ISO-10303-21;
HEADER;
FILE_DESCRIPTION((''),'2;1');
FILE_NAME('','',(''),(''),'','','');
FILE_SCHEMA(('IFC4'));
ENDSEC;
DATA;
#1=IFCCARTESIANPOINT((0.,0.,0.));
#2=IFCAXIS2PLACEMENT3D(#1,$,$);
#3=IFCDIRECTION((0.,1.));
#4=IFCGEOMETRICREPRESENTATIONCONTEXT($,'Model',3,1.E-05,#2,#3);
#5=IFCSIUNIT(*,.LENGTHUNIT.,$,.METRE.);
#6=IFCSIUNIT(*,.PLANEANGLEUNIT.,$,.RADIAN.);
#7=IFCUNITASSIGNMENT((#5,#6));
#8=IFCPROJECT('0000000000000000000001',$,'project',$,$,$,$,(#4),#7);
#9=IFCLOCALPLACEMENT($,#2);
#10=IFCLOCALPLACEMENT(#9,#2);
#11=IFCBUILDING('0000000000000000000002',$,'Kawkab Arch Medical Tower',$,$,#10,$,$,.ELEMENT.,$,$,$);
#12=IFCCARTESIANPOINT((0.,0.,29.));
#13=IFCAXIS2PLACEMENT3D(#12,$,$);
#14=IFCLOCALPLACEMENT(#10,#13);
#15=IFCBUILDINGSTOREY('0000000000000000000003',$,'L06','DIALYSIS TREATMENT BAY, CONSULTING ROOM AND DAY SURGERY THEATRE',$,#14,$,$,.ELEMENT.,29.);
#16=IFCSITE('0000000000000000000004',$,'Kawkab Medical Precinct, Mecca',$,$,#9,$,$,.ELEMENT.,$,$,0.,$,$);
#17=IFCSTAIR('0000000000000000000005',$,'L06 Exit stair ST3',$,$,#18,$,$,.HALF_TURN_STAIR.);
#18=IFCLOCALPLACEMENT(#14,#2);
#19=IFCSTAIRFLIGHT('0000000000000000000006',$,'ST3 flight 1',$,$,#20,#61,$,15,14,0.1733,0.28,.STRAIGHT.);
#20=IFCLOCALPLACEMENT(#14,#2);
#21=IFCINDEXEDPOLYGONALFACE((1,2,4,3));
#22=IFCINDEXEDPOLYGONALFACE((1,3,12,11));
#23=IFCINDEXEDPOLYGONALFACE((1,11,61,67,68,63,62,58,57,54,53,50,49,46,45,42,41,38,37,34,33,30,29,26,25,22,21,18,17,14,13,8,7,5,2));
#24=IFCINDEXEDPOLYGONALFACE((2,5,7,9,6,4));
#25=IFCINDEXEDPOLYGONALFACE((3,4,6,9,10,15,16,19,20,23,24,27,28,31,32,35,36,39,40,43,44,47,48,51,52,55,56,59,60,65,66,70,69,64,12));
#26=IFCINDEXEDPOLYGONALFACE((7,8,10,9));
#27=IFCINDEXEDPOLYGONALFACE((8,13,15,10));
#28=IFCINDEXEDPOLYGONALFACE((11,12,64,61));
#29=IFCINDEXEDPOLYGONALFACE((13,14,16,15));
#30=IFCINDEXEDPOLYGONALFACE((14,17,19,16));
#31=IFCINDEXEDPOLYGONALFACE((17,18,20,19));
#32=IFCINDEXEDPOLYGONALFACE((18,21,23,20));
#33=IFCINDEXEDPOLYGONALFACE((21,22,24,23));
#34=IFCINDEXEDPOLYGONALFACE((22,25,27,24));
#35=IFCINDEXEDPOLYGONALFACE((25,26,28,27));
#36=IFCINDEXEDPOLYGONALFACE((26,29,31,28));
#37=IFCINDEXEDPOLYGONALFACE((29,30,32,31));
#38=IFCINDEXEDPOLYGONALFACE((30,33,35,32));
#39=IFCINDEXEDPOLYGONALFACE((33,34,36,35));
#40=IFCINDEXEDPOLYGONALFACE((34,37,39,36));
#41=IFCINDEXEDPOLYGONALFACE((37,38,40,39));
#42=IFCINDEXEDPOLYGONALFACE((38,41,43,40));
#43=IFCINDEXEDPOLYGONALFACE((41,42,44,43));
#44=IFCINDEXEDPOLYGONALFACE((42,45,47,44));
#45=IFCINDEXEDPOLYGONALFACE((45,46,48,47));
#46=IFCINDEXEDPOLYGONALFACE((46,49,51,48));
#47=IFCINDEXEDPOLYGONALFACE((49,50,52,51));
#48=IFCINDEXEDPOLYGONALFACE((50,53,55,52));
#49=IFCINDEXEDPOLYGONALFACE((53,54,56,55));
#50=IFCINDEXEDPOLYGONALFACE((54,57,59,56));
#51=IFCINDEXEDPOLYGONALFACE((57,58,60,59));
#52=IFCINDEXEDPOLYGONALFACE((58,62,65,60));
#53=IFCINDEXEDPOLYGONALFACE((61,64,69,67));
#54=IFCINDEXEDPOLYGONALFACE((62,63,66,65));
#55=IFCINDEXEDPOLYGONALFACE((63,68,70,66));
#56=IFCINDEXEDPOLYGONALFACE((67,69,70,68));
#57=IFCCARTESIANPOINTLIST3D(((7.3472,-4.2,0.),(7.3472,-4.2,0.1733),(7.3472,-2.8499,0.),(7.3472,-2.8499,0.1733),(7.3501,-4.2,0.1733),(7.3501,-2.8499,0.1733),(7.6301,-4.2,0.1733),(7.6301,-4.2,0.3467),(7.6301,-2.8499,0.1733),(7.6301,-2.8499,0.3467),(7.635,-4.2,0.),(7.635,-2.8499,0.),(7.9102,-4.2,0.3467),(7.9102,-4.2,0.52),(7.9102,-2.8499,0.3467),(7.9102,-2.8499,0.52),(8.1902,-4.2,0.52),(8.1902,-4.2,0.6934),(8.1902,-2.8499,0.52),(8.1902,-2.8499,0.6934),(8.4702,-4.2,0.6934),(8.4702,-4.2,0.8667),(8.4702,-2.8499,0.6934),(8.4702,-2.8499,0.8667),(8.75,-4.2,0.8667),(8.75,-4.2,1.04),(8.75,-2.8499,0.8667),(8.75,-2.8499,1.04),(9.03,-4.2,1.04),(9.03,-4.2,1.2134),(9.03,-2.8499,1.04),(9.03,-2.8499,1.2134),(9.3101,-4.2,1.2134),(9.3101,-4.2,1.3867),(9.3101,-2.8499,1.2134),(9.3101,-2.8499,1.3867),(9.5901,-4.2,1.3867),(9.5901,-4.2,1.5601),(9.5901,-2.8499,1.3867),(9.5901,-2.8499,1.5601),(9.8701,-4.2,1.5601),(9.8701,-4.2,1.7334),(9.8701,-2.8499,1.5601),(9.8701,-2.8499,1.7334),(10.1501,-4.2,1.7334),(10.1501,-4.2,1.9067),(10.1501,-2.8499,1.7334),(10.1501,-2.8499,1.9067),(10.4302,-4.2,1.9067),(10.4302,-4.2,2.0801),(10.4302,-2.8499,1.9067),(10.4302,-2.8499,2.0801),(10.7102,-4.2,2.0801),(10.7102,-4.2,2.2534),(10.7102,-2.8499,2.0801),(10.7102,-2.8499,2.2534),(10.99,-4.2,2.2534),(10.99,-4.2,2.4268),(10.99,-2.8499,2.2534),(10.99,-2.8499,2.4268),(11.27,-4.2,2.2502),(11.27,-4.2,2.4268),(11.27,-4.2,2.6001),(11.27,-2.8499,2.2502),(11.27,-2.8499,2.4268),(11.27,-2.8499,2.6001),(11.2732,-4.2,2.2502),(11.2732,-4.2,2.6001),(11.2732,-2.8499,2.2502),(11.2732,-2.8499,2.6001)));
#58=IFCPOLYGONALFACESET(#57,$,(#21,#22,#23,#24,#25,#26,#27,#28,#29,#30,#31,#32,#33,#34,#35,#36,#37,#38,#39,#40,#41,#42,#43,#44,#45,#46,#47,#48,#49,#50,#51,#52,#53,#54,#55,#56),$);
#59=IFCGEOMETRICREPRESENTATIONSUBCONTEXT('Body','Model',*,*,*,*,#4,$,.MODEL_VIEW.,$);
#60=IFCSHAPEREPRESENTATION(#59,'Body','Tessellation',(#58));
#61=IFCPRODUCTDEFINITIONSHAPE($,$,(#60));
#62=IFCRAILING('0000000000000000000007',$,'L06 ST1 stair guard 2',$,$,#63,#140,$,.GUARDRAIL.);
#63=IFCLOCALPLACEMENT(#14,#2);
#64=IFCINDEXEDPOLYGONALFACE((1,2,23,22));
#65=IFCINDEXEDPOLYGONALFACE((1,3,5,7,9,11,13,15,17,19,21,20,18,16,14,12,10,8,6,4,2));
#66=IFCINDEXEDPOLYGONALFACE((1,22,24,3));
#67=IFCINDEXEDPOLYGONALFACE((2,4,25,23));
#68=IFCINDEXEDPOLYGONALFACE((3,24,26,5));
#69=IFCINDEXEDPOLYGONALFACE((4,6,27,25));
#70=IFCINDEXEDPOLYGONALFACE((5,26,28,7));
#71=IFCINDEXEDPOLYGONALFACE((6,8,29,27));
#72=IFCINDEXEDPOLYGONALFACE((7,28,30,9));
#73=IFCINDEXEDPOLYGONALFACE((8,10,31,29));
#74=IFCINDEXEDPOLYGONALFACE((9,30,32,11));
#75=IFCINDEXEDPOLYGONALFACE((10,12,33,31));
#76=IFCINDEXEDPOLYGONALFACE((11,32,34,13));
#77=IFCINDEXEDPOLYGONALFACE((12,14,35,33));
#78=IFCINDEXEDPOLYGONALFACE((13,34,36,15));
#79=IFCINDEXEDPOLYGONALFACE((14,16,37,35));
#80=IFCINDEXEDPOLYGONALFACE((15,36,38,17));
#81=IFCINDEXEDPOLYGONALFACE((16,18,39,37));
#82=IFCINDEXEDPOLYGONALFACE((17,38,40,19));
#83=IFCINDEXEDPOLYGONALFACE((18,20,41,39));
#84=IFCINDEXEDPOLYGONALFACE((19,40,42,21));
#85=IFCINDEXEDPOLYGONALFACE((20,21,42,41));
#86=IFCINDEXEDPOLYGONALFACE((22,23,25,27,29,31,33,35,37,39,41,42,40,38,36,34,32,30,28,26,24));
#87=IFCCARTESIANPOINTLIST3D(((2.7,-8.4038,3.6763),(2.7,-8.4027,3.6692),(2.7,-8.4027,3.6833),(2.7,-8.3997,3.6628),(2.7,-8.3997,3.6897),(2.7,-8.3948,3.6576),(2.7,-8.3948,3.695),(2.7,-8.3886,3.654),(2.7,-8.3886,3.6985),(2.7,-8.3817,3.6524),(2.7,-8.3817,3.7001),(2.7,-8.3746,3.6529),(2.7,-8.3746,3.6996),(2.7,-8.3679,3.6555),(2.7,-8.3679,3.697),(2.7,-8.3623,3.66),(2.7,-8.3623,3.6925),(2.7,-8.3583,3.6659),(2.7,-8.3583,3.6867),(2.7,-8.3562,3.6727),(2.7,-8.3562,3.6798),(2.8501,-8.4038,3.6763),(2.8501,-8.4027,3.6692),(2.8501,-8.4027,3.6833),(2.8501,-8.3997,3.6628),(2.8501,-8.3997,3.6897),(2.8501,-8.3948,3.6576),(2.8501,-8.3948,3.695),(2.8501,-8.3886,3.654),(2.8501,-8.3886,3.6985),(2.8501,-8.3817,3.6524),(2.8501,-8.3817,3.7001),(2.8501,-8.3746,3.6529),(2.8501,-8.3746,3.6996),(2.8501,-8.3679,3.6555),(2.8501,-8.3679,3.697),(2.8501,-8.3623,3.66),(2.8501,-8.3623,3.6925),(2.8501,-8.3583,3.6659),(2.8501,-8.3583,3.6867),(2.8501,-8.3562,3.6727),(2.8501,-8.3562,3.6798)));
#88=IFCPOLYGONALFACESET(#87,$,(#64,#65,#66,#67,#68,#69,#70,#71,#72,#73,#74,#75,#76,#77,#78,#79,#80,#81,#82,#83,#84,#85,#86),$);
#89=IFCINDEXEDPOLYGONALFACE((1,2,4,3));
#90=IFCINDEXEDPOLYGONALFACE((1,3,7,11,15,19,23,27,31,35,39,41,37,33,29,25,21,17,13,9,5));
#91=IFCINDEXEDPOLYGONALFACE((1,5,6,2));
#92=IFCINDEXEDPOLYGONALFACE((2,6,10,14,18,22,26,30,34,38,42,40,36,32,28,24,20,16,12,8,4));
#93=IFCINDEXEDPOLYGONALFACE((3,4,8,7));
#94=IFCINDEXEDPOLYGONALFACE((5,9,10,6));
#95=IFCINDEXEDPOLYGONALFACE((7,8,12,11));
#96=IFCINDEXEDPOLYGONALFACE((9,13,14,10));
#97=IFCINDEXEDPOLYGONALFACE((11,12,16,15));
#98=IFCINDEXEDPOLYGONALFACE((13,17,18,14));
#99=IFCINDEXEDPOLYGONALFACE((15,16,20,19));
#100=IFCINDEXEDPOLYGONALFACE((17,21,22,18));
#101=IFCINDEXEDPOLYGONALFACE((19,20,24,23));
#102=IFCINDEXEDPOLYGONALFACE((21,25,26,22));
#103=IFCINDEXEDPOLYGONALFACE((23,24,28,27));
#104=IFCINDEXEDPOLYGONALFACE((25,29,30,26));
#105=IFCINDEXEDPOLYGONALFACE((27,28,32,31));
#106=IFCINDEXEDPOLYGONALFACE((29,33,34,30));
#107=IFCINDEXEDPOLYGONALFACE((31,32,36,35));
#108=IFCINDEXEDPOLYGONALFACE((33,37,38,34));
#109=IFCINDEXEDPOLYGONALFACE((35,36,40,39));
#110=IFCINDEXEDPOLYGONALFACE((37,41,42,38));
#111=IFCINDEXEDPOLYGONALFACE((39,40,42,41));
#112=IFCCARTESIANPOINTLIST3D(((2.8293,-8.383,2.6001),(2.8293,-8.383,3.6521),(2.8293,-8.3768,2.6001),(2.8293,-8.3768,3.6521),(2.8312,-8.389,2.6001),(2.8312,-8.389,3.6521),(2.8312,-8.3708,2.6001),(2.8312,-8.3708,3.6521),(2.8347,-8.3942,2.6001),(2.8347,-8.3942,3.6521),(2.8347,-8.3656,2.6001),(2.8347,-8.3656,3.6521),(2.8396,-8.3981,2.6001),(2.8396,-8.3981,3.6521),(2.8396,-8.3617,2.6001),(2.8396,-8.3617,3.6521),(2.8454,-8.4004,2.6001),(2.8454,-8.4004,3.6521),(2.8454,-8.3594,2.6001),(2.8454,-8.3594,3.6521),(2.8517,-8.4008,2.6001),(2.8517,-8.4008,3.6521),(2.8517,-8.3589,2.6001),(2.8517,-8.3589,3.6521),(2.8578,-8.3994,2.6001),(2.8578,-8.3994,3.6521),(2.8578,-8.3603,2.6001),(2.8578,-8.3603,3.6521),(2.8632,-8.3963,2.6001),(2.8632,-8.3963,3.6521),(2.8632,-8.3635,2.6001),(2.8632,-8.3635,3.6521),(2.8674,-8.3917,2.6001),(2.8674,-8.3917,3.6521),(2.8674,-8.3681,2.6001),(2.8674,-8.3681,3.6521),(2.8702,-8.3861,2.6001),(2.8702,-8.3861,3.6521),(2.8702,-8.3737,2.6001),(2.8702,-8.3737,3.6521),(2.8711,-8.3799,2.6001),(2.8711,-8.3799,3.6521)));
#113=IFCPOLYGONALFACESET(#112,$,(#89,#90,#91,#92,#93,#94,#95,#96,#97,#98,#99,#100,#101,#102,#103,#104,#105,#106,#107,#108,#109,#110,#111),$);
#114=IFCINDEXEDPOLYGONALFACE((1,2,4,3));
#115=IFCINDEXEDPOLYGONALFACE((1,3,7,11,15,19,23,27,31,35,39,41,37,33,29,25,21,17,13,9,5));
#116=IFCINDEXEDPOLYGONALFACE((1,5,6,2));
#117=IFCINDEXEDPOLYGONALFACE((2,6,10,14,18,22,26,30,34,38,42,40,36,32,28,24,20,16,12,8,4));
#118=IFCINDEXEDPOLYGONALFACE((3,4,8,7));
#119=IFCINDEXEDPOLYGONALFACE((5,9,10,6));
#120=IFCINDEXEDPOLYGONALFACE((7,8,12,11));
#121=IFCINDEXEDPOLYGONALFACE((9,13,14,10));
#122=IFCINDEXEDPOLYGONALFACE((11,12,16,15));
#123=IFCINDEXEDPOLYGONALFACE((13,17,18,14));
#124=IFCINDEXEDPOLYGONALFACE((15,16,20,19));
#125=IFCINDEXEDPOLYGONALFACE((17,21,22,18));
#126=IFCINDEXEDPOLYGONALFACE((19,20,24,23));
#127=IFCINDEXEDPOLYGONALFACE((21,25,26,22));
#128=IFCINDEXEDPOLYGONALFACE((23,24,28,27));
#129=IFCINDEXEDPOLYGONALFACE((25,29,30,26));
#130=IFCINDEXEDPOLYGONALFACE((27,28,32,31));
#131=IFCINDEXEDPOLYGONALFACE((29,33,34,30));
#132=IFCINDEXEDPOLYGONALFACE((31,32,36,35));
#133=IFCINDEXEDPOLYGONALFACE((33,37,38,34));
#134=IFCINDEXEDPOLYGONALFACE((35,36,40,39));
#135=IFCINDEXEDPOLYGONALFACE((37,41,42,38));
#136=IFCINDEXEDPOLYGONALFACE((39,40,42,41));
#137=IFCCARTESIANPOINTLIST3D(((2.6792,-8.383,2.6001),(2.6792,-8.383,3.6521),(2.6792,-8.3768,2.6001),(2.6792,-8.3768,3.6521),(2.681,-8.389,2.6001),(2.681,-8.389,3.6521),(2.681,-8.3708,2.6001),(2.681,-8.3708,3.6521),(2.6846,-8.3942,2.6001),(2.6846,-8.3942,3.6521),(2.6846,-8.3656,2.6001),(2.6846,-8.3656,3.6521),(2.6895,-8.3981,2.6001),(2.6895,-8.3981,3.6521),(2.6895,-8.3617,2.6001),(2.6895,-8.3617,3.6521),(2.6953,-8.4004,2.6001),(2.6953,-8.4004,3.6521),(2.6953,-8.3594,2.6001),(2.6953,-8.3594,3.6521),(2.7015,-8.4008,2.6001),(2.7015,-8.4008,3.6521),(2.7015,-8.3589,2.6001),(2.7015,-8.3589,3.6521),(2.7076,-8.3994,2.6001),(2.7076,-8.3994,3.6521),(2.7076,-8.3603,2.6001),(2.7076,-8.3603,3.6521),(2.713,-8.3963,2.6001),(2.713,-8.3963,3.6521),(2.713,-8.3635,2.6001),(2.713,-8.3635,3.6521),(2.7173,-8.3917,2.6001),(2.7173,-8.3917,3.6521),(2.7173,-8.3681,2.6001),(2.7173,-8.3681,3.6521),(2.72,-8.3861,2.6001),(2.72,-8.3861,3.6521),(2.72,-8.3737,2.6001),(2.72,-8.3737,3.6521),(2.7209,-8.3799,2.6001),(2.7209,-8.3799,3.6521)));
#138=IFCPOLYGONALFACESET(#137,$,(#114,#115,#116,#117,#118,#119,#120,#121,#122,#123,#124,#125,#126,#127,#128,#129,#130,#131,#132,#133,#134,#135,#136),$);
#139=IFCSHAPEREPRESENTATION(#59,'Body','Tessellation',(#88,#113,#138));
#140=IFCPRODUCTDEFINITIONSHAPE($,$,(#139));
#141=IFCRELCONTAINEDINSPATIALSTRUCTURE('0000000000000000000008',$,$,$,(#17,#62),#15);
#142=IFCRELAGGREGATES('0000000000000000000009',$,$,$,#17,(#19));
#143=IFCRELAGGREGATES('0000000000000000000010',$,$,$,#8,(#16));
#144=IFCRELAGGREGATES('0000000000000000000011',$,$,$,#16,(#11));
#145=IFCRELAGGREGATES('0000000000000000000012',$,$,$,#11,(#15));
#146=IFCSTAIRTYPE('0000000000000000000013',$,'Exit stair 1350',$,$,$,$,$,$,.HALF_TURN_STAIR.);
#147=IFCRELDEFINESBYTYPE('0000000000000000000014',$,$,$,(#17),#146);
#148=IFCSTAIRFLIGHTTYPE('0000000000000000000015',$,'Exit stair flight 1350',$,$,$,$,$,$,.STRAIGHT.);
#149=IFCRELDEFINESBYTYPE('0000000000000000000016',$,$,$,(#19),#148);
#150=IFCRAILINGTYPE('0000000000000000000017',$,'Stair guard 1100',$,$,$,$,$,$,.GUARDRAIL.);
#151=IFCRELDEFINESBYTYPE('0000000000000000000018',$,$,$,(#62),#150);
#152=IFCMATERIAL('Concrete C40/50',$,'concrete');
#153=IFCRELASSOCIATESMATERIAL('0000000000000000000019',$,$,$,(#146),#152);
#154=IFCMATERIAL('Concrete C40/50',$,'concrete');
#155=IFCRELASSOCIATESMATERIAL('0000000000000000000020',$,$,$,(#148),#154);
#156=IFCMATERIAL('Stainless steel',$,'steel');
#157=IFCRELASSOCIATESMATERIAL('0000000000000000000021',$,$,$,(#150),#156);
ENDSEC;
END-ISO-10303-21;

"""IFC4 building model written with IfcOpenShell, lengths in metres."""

from ifc_helpers import new_model, si_unit, direction, frame, origin, origin_2d, place, context, subcontext, project, spatial, polyline, circle, outline, extrude, material, type_object, element, aggregate, save


model = new_model("IFC4")

# Units and contexts
model_context = context("Model", 3, precision=1e-05, world=origin(), true_north=direction((0.0, 1.0)))
body_context = subcontext(model_context, "Body", "Model", "MODEL_VIEW")
ifc_project = project(units=[si_unit("LENGTHUNIT", "METRE"), si_unit("PLANEANGLEUNIT", "RADIAN")], contexts=[model_context])

# Site, building, storey
site_placement = place(None, origin())
site = spatial("IfcSite", under=ifc_project, at=site_placement, Name="Kawkab Medical Precinct, Mecca", CompositionType="ELEMENT", RefElevation=0.0)
building_placement = place(site_placement, origin())
building = spatial("IfcBuilding", under=site, at=building_placement, Name="Kawkab Arch Medical Tower", CompositionType="ELEMENT")
storey_placement = place(building_placement, frame((0.0, 0.0, 29.0)))
storey = spatial("IfcBuildingStorey", under=building, at=storey_placement, Name="L06", Description="DIALYSIS TREATMENT BAY, CONSULTING ROOM AND DAY SURGERY THEATRE", CompositionType="ELEMENT", Elevation=29.0)

# Stair
ifc_material_1 = material(Name="Concrete C40/50", Category="concrete")
stair_type = type_object("IfcStairType", Name="Exit stair 1350", PredefinedType="HALF_TURN_STAIR", material=ifc_material_1)
placement_1 = place(storey_placement, origin())
stair_1 = element("IfcStair", 1, at=placement_1, inside=storey, type_object=stair_type, Name="L06 Exit stair ST3", PredefinedType="HALF_TURN_STAIR")

# Stair flight
ifc_material_2 = material(Name="Concrete C40/50", Category="concrete")
stair_flight_type = type_object("IfcStairFlightType", Name="Exit stair flight 1350", PredefinedType="STRAIGHT", material=ifc_material_2)
stair_flight_1_placement = place(storey_placement, frame((7.3501, -3.5249, 0.0), z_axis=(0.0, 0.0, 1.0), x_axis=(1.0, 0.0, 0.0)))
stair_flight_1 = element("IfcStairFlight", 2, at=stair_flight_1_placement, type_object=stair_flight_type, Name="ST3 flight 1", NumberOfRisers=15, NumberOfTreads=14, PredefinedType="STRAIGHT", RiserHeight=0.1733, TreadLength=0.28, context=body_context, shape_type="SweptSolid", body=[
    extrude(outline(polyline([(-0.0029, 0.0), (-0.0029, 0.1733), (0.0, 0.1733), (0.28, 0.1733), (0.28, 0.3467), (0.5601, 0.3467), (0.5601, 0.52), (0.8401, 0.52), (0.8401, 0.6934), (1.1201, 0.6934), (1.1201, 0.8667), (1.3999, 0.8667), (1.3999, 1.04), (1.6799, 1.04), (1.6799, 1.2134), (1.96, 1.2134), (1.96, 1.3867), (2.24, 1.3867), (2.24, 1.5601), (2.52, 1.5601), (2.52, 1.7334), (2.8, 1.7334), (2.8, 1.9067), (3.0801, 1.9067), (3.0801, 2.0801), (3.3601, 2.0801), (3.3601, 2.2534), (3.6399, 2.2534), (3.6399, 2.4268), (3.9199, 2.4268), (3.9199, 2.6001), (3.9231, 2.6001), (3.9231, 2.2502), (3.9199, 2.2502), (0.2849, 0.0), (-0.0029, 0.0)])), frame((0.0, 0.675, 0.0), z_axis=(0.0, -1.0, 0.0), x_axis=(1.0, 0.0, 0.0)), (0.0, 0.0, 1.0), 1.3501),
])
aggregate(stair_1, [stair_flight_1])

# Railing
ifc_material_3 = material(Name="Stainless steel", Category="steel")
railing_type = type_object("IfcRailingType", Name="Stair guard 1100", PredefinedType="GUARDRAIL", material=ifc_material_3)
railing_1_placement = place(storey_placement, frame((2.8501, -8.3799, 2.6001)))
element("IfcRailing", 3, at=railing_1_placement, inside=storey, type_object=railing_type, Name="L06 ST1 stair guard 2", PredefinedType="GUARDRAIL", context=body_context, shape_type="SweptSolid", body=[
    extrude(circle(Radius=0.0239, at=origin_2d()), frame((0.0, 0.0, 1.0762), z_axis=(-1.0, 0.0, 0.0), x_axis=(0.0, -1.0, 0.0)), (0.0, 0.0, 1.0), 0.1501),
    extrude(circle(Radius=0.021, at=origin_2d()), origin(), (0.0, 0.0, 1.0), 1.052),
    extrude(circle(Radius=0.021, at=origin_2d()), frame((-0.1501, 0.0, 0.0)), (0.0, 0.0, 1.0), 1.052),
])

save(model, "model.ifc")
